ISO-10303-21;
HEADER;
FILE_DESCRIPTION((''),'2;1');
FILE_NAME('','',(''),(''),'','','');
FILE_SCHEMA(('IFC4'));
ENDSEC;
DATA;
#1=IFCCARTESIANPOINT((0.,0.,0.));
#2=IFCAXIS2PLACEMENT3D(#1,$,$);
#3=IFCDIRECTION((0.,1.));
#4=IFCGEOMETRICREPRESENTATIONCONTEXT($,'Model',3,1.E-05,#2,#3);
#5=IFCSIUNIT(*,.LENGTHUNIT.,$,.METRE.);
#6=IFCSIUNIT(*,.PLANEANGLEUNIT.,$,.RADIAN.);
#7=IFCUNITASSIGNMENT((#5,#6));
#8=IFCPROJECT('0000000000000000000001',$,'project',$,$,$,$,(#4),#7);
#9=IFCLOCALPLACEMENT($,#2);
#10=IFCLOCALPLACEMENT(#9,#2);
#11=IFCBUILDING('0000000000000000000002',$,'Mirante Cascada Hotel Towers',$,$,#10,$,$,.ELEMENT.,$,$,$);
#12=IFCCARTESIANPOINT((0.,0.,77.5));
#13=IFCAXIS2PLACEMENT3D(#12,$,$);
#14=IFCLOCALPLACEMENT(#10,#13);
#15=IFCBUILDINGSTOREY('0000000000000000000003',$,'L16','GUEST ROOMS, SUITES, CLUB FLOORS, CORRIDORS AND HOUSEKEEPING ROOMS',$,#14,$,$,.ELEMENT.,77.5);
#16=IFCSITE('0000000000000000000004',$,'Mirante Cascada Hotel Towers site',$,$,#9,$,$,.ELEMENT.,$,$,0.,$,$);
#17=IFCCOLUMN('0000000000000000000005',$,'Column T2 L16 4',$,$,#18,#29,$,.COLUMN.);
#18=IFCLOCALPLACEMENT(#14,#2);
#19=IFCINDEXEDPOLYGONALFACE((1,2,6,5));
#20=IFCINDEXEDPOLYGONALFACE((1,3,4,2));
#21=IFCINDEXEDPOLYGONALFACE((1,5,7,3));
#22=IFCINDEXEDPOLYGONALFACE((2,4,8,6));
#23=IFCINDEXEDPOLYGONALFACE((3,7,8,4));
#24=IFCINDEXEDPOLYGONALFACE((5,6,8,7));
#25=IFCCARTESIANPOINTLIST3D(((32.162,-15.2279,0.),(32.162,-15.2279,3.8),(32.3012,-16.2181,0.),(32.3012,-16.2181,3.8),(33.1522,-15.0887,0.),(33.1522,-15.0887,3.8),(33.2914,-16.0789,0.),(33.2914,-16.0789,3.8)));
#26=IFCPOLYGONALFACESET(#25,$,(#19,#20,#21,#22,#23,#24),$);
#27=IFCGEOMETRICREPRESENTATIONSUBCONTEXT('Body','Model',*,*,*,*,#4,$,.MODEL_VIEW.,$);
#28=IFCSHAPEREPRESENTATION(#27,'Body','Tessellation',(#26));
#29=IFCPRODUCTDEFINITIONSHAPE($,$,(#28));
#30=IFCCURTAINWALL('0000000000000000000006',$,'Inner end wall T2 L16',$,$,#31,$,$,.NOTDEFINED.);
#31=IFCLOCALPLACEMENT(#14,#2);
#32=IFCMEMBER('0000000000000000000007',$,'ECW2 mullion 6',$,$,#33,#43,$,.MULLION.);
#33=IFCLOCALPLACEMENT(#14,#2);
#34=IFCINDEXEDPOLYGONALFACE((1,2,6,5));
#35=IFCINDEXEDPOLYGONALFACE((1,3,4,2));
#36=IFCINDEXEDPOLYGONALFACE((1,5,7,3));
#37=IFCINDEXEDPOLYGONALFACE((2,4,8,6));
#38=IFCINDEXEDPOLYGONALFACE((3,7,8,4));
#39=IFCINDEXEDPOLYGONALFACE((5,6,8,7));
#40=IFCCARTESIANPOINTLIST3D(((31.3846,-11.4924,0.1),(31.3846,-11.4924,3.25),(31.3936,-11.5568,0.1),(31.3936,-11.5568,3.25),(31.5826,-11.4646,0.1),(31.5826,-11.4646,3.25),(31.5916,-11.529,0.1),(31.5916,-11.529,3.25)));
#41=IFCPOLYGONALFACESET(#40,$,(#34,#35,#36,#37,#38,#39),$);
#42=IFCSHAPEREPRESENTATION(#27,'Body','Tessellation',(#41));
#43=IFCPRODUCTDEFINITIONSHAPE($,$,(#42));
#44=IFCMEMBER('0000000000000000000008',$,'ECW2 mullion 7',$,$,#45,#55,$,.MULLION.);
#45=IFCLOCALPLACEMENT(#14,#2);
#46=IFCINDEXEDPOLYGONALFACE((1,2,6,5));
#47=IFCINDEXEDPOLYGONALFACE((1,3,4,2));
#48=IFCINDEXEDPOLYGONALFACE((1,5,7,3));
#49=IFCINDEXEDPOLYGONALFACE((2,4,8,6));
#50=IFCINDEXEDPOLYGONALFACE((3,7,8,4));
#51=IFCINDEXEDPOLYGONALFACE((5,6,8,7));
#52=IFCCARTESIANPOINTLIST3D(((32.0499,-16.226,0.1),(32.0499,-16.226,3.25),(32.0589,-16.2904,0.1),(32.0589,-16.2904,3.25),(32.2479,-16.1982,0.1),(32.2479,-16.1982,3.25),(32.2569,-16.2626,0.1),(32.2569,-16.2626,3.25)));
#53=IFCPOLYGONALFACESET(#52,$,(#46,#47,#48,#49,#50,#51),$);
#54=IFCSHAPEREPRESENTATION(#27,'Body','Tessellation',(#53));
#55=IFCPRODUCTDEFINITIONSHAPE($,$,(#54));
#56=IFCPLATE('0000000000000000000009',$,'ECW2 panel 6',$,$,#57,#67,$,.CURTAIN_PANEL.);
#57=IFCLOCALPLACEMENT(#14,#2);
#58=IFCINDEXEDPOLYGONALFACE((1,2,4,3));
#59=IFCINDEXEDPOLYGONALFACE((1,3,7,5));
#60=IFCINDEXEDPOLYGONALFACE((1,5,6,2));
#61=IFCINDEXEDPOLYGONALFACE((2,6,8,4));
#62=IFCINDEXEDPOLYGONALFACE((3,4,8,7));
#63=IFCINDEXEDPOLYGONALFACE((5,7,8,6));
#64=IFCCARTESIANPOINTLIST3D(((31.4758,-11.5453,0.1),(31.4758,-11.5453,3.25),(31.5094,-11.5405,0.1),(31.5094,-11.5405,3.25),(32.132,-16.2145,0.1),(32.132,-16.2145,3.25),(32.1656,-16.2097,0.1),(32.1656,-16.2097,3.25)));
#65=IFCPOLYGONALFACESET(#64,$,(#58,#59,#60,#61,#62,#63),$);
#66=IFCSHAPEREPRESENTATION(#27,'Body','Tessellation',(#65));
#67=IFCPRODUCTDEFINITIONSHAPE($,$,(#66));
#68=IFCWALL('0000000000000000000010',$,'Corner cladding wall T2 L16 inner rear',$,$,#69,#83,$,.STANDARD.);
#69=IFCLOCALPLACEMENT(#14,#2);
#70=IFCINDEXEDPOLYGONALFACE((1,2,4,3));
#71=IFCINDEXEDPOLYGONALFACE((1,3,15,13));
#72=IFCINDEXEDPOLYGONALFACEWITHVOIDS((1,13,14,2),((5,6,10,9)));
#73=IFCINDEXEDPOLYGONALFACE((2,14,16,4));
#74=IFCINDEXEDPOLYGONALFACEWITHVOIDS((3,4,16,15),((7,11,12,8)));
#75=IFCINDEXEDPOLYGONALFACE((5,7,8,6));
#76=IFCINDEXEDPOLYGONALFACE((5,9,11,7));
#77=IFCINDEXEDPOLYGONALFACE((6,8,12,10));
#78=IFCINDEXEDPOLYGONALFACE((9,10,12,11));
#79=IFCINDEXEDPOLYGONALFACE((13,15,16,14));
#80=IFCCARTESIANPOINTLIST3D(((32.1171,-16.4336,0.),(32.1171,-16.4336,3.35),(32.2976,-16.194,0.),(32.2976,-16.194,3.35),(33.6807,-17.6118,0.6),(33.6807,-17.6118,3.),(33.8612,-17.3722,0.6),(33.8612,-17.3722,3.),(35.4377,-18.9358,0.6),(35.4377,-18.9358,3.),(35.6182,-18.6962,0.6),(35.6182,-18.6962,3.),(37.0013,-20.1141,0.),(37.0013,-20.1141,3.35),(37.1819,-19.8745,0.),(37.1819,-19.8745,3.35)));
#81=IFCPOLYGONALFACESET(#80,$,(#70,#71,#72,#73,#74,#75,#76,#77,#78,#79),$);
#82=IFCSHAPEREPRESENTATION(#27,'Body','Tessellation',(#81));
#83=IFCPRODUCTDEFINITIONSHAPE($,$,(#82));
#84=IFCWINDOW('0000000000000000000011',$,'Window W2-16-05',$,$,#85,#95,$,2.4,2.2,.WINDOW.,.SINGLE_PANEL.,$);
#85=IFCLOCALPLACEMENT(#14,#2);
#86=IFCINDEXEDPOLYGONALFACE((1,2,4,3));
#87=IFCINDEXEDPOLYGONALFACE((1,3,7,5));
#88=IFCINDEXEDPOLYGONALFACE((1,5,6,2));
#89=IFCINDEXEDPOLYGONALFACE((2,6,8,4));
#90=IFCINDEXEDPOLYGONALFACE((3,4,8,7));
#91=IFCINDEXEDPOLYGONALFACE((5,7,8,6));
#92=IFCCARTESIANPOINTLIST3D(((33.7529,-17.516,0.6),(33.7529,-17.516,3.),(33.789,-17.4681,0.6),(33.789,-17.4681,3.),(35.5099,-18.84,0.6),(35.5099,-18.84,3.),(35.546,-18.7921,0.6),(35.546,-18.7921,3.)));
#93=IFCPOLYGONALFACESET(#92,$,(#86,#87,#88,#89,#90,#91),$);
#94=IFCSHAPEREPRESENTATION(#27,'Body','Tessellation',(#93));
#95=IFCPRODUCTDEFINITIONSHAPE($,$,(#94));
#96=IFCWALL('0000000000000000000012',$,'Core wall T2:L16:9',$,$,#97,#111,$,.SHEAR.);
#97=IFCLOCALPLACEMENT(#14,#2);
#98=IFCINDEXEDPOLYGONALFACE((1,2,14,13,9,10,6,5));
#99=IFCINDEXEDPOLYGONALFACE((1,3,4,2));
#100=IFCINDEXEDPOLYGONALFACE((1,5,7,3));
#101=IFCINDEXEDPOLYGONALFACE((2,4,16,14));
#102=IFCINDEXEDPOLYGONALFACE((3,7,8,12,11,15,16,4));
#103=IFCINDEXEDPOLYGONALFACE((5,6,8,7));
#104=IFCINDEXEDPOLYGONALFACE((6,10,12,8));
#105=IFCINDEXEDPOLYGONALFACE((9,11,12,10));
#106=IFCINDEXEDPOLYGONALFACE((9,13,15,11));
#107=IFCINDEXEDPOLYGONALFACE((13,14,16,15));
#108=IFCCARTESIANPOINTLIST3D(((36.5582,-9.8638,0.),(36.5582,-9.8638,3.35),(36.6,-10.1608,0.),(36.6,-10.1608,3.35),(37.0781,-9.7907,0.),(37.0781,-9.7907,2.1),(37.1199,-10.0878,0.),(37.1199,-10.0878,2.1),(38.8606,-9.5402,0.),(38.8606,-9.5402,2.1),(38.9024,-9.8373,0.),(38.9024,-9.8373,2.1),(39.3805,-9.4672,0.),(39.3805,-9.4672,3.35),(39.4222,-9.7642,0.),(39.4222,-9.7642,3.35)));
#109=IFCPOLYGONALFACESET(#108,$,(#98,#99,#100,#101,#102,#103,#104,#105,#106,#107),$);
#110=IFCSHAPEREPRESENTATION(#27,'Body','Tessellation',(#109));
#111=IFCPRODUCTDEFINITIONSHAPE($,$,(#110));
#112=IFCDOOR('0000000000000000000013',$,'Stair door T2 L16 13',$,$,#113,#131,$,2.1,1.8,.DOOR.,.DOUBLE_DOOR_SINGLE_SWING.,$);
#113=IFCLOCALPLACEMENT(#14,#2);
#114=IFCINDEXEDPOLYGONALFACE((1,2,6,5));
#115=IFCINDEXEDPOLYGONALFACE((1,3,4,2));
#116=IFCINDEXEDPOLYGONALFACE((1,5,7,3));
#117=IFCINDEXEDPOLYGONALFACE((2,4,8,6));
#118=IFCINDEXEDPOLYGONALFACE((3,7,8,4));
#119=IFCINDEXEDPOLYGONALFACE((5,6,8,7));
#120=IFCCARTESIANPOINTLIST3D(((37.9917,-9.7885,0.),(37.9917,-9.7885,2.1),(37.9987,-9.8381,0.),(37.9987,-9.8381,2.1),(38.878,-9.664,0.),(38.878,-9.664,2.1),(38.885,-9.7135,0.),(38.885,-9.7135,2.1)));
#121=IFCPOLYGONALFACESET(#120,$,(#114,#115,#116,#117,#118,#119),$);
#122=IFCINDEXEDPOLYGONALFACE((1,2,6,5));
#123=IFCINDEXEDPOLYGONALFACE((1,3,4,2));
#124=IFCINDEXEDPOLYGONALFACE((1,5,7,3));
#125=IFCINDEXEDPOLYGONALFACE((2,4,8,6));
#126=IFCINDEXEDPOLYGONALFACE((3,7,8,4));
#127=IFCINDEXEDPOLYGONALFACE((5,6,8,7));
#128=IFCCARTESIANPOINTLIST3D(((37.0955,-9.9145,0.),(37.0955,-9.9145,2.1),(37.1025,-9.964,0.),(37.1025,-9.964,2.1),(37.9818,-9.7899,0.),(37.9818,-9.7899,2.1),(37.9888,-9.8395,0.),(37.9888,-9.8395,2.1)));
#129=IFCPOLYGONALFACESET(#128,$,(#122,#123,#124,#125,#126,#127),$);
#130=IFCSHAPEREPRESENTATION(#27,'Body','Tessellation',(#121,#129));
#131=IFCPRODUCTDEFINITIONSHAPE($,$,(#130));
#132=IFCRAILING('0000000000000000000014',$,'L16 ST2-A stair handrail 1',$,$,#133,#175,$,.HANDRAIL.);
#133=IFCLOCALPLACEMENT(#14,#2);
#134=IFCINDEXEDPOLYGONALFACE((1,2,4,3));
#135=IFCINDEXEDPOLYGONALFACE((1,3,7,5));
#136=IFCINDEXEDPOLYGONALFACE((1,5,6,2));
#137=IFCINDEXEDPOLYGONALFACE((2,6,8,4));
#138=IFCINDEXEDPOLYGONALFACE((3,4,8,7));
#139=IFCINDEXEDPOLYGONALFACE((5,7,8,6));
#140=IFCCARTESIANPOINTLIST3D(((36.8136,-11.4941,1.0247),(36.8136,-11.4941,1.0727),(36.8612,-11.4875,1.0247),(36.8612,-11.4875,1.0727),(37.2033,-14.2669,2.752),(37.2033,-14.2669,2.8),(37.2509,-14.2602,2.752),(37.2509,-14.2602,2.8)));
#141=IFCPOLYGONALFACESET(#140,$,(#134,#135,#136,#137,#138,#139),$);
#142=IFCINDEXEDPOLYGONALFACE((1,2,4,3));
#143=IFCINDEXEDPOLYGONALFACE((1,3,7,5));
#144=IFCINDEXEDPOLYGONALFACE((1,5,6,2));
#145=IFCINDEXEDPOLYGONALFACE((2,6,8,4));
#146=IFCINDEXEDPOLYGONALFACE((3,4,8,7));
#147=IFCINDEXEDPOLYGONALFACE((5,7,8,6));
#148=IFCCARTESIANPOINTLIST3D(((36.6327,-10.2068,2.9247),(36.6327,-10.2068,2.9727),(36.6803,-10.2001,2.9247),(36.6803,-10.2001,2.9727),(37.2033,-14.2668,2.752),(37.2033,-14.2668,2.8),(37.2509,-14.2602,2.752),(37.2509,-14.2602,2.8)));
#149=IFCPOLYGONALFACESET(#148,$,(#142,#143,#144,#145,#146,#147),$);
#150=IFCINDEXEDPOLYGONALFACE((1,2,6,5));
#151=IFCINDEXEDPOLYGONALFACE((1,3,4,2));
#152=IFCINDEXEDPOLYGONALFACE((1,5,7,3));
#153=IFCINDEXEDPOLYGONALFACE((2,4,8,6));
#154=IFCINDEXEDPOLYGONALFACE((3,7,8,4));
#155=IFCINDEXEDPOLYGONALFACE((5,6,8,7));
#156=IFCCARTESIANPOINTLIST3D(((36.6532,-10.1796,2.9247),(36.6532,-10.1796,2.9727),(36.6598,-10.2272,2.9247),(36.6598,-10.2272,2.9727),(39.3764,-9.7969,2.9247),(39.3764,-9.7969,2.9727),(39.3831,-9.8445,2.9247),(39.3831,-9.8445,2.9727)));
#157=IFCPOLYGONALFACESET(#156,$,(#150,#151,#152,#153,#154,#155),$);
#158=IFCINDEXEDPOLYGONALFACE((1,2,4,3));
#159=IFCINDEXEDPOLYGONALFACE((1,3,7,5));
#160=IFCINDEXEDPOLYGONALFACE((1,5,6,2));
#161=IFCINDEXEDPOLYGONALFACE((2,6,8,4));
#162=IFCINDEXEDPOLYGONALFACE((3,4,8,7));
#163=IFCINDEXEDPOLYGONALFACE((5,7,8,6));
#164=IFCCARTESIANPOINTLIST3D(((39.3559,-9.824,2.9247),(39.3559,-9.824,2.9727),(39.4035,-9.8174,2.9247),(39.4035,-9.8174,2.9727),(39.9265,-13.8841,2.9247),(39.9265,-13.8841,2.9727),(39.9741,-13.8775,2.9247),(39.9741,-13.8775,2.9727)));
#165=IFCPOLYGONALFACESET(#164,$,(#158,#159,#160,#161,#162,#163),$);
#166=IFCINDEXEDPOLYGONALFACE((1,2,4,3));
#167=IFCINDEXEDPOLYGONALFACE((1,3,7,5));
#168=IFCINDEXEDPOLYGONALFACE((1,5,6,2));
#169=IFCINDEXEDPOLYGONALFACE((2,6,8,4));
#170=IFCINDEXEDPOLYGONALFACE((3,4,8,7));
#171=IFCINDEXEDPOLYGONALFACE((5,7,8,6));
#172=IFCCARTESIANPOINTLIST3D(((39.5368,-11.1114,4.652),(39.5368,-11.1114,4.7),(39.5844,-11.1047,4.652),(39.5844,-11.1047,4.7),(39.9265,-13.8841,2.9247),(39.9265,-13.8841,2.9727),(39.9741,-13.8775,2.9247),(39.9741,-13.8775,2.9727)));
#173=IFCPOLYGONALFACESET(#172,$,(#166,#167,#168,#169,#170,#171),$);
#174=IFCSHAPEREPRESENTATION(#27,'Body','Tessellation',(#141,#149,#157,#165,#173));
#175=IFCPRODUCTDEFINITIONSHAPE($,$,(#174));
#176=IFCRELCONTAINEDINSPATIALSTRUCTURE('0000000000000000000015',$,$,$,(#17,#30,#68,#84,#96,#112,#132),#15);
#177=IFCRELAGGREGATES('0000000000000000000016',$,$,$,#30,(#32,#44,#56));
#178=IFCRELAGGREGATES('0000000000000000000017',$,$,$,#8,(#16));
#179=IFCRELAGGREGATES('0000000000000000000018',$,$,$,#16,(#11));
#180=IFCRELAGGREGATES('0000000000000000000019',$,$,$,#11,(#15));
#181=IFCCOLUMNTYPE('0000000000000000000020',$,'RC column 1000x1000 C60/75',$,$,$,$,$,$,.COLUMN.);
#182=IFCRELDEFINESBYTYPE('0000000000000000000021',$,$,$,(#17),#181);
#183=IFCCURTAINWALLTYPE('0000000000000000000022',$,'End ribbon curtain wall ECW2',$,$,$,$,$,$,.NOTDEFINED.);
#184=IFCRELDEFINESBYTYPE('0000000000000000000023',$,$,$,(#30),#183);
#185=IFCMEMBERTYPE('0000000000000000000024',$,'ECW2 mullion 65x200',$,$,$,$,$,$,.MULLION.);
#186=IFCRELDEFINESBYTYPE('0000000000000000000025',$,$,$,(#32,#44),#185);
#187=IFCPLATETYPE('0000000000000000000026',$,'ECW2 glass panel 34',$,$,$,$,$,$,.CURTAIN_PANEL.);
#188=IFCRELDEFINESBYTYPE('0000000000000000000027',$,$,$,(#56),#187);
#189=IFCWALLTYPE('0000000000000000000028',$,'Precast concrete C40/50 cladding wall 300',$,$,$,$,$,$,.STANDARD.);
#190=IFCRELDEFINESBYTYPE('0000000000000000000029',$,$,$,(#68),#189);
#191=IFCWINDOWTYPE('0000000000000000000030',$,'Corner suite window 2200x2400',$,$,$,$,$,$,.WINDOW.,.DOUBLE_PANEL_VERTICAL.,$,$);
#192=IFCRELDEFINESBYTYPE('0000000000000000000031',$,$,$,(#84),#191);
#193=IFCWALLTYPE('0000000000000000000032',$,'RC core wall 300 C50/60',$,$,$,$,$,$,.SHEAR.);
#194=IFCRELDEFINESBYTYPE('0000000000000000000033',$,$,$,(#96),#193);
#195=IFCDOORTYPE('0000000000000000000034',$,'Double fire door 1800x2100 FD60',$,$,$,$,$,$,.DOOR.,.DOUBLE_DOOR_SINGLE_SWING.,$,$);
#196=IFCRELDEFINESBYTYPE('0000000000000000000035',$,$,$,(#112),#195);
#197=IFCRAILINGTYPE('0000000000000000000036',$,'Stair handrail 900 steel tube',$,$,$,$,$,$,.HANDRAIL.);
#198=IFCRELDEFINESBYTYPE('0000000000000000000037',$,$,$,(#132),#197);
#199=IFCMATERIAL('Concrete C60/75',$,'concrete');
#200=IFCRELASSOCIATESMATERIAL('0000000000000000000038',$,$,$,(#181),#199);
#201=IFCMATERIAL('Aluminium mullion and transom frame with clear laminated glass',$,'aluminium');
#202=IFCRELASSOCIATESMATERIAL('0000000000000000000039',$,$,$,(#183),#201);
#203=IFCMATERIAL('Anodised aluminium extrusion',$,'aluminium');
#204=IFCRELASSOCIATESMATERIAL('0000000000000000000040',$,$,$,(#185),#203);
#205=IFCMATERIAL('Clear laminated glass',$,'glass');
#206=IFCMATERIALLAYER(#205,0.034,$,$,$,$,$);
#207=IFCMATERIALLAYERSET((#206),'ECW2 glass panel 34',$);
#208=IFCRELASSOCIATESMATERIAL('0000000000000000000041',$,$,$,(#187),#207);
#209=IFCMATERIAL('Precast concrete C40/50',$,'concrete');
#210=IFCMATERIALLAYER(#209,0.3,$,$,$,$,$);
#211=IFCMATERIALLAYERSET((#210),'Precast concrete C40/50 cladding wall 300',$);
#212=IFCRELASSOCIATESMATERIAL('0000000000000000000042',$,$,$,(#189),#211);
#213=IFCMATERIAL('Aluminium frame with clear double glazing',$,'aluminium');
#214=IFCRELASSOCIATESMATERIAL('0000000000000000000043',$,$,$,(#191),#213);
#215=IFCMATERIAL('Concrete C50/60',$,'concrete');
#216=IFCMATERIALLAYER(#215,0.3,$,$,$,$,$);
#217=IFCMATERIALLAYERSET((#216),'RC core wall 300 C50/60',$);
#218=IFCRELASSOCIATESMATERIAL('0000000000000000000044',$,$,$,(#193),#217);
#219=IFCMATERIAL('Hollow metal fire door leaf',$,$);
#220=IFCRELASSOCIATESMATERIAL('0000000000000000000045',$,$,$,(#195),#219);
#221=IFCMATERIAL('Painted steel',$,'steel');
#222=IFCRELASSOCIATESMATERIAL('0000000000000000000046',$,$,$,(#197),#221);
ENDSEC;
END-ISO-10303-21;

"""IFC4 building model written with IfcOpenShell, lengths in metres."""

from ifc_helpers import new_model, si_unit, direction, frame, frame_2d, origin, origin_2d, place, context, subcontext, project, spatial, rectangle, extrude, material, layer, layer_set, material_profile, profile_set, type_object, element, fill, aggregate, save


model = new_model("IFC4")

# Units and contexts
model_context = context("Model", 3, precision=1e-05, world=origin(), true_north=direction((0.0, 1.0)))
body_context = subcontext(model_context, "Body", "Model", "MODEL_VIEW")
ifc_project = project(units=[si_unit("LENGTHUNIT", "METRE"), si_unit("PLANEANGLEUNIT", "RADIAN")], contexts=[model_context])

# Site, building, storey
site_placement = place(None, origin())
site = spatial("IfcSite", under=ifc_project, at=site_placement, Name="Mirante Cascada Hotel Towers site", CompositionType="ELEMENT", RefElevation=0.0)
building_placement = place(site_placement, origin())
building = spatial("IfcBuilding", under=site, at=building_placement, Name="Mirante Cascada Hotel Towers", CompositionType="ELEMENT")
storey_placement = place(building_placement, frame((0.0, 0.0, 77.5)))
storey = spatial("IfcBuildingStorey", under=building, at=storey_placement, Name="L16", Description="GUEST ROOMS, SUITES, CLUB FLOORS, CORRIDORS AND HOUSEKEEPING ROOMS", CompositionType="ELEMENT", Elevation=77.5)

# Column
ifc_material_1 = material(Name="Concrete C60/75", Category="concrete")
ifc_material_profile_1 = material_profile(ifc_material_1, rectangle(XDim=1.0, YDim=1.0, at=origin_2d()), Name="RC column 1000x1000 C60/75")
ifc_profile_set_1 = profile_set([ifc_material_profile_1], Name="Concrete C60/75")
column_type = type_object("IfcColumnType", Name="RC column 1000x1000 C60/75", PredefinedType="COLUMN", material=ifc_profile_set_1)
column_placement = place(storey_placement, frame((32.7267, -15.6534, 0.0), z_axis=(0.0, 0.0, 1.0), x_axis=(0.990268, 0.139173, 0.0)))
element("IfcColumn", 1, at=column_placement, inside=storey, type_object=column_type, Name="Column T2 L16 4", PredefinedType="COLUMN", context=body_context, shape_type="SweptSolid", body=[
    extrude(rectangle(XDim=1.0, YDim=1.0, at=origin_2d()), origin(), (0.0, 0.0, 1.0), 3.8),
])

# Curtain wall, members, plate
ifc_material_2 = material(Name="Aluminium mullion and transom frame with clear laminated glass", Category="aluminium")
curtain_wall_type = type_object("IfcCurtainWallType", Name="End ribbon curtain wall ECW2", PredefinedType="NOTDEFINED", material=ifc_material_2)
curtain_wall_placement = place(storey_placement, origin())
curtain_wall = element("IfcCurtainWall", 2, at=curtain_wall_placement, inside=storey, type_object=curtain_wall_type, Name="Inner end wall T2 L16", PredefinedType="NOTDEFINED")
ifc_material_3 = material(Name="Anodised aluminium extrusion", Category="aluminium")
ifc_material_profile_2 = material_profile(ifc_material_3, rectangle(XDim=0.2, YDim=0.065, at=origin_2d()), Name="ECW2 MULLION 65x200")
ifc_profile_set_2 = profile_set([ifc_material_profile_2], Name="Anodised aluminium extrusion")
member_type = type_object("IfcMemberType", Name="ECW2 mullion 65x200", PredefinedType="MULLION", material=ifc_profile_set_2)
member_1_placement = place(storey_placement, frame((31.4881, -11.5107, 0.1), z_axis=(0.0, 0.0, 1.0), x_axis=(0.990268, 0.139173, 0.0)))
member_1 = element("IfcMember", 3, at=member_1_placement, type_object=member_type, Name="ECW2 mullion 6", PredefinedType="MULLION", context=body_context, shape_type="SweptSolid", body=[
    extrude(rectangle(XDim=0.2, YDim=0.065, at=origin_2d()), origin(), (0.0, 0.0, 1.0), 3.15),
])
member_2_placement = place(storey_placement, frame((32.1534, -16.2443, 0.1), z_axis=(0.0, 0.0, 1.0), x_axis=(0.990268, 0.139173, 0.0)))
member_2 = element("IfcMember", 4, at=member_2_placement, type_object=member_type, Name="ECW2 mullion 7", PredefinedType="MULLION", context=body_context, shape_type="SweptSolid", body=[
    extrude(rectangle(XDim=0.2, YDim=0.065, at=origin_2d()), origin(), (0.0, 0.0, 1.0), 3.15),
])
ifc_material_4 = material(Name="Clear laminated glass", Category="glass")
ifc_layer_1 = layer(ifc_material_4, 0.034)
ifc_layer_set_1 = layer_set([ifc_layer_1], Name="ECW2 glass panel 34")
plate_type = type_object("IfcPlateType", Name="ECW2 glass panel 34", PredefinedType="CURTAIN_PANEL", material=ifc_layer_set_1)
plate_placement = place(storey_placement, frame((31.8207, -13.8775, 0.1), z_axis=(0.0, 0.0, 1.0), x_axis=(0.139173, -0.990268, 0.0)))
plate = element("IfcPlate", 5, at=plate_placement, type_object=plate_type, Name="ECW2 panel 6", PredefinedType="CURTAIN_PANEL", context=body_context, shape_type="SweptSolid", body=[
    extrude(rectangle(XDim=4.7151, YDim=0.034, at=origin_2d()), origin(), (0.0, 0.0, 1.0), 3.15),
])
aggregate(curtain_wall, [member_1, member_2, plate])

# Wall, opening, window
ifc_material_5 = material(Name="Precast concrete C40/50", Category="concrete")
ifc_layer_2 = layer(ifc_material_5, 0.3)
ifc_layer_set_2 = layer_set([ifc_layer_2], Name="Precast concrete C40/50 cladding wall 300")
wall_type_1 = type_object("IfcWallType", Name="Precast concrete C40/50 cladding wall 300", PredefinedType="STANDARD", material=ifc_layer_set_2)
wall_1_placement = place(storey_placement, frame((32.2074, -16.3138, 0.0), z_axis=(0.0, 0.0, 1.0), x_axis=(0.798636, -0.601814, 0.0)))
wall_1 = element("IfcWall", 6, at=wall_1_placement, inside=storey, type_object=wall_type_1, Name="Corner cladding wall T2 L16 inner rear", PredefinedType="STANDARD", context=body_context, shape_type="SweptSolid", body=[
    extrude(rectangle(XDim=6.1157, YDim=0.3, at=frame_2d((3.0578, 0.0))), origin(), (0.0, 0.0, 1.0), 3.35),
])
opening_1_placement = place(wall_1_placement, frame((1.9578, 0.0, 0.6)))
opening_1 = element("IfcOpeningElement", 7, at=opening_1_placement, cuts=wall_1, PredefinedType="OPENING", context=body_context, shape_type="SweptSolid", body=[
    extrude(rectangle(XDim=2.2, YDim=2.4, at=frame_2d((1.1, 1.2))), frame((0.0, 0.15, 0.0), z_axis=(0.0, -1.0, 0.0), x_axis=(1.0, 0.0, 0.0)), (0.0, 0.0, 1.0), 0.3),
])
ifc_material_6 = material(Name="Aluminium frame with clear double glazing", Category="aluminium")
window_type = type_object("IfcWindowType", Name="Corner suite window 2200x2400", PartitioningType="DOUBLE_PANEL_VERTICAL", PredefinedType="WINDOW", material=ifc_material_6)
window_placement = place(opening_1_placement, origin())
window = element("IfcWindow", 8, at=window_placement, inside=storey, type_object=window_type, Name="Window W2-16-05", OverallHeight=2.4, OverallWidth=2.2, PartitioningType="SINGLE_PANEL", PredefinedType="WINDOW", context=body_context, shape_type="SweptSolid", body=[
    extrude(rectangle(XDim=2.2, YDim=2.4, at=frame_2d((1.1, 1.2))), frame((0.0, 0.03, 0.0), z_axis=(0.0, -1.0, 0.0), x_axis=(1.0, 0.0, 0.0)), (0.0, 0.0, 1.0), 0.06),
])
fill(opening_1, window)

# Wall, opening, door
ifc_material_7 = material(Name="Concrete C50/60", Category="concrete")
ifc_layer_3 = layer(ifc_material_7, 0.3)
ifc_layer_set_3 = layer_set([ifc_layer_3], Name="RC core wall 300 C50/60")
wall_type_2 = type_object("IfcWallType", Name="RC core wall 300 C50/60", PredefinedType="SHEAR", material=ifc_layer_set_3)
wall_2_placement = place(storey_placement, frame((36.5791, -10.0123, 0.0), z_axis=(0.0, 0.0, 1.0), x_axis=(0.99027, 0.139156, 0.0)))
wall_2 = element("IfcWall", 9, at=wall_2_placement, inside=storey, type_object=wall_type_2, Name="Core wall T2:L16:9", PredefinedType="SHEAR", context=body_context, shape_type="SweptSolid", body=[
    extrude(rectangle(XDim=2.85, YDim=0.3, at=frame_2d((1.425, 0.0))), origin(), (0.0, 0.0, 1.0), 3.35),
])
opening_2_placement = place(wall_2_placement, frame((0.525, 0.0, 0.0)))
opening_2 = element("IfcOpeningElement", 10, at=opening_2_placement, cuts=wall_2, PredefinedType="OPENING", context=body_context, shape_type="SweptSolid", body=[
    extrude(rectangle(XDim=1.8, YDim=2.1, at=frame_2d((0.9, 1.05))), frame((0.0, 0.15, 0.0), z_axis=(0.0, -1.0, 0.0), x_axis=(1.0, 0.0, 0.0)), (0.0, 0.0, 1.0), 0.3),
])
ifc_material_8 = material(Name="Hollow metal fire door leaf")
door_type = type_object("IfcDoorType", Name="Double fire door 1800x2100 FD60", OperationType="DOUBLE_DOOR_SINGLE_SWING", PredefinedType="DOOR", material=ifc_material_8)
door_placement = place(opening_2_placement, frame((1.8, 0.0, 0.0), z_axis=(0.0, 0.0, 1.0), x_axis=(-1.0, 0.0, 0.0)))
door = element("IfcDoor", 11, at=door_placement, inside=storey, type_object=door_type, Name="Stair door T2 L16 13", OperationType="DOUBLE_DOOR_SINGLE_SWING", OverallHeight=2.1, OverallWidth=1.8, PredefinedType="DOOR", context=body_context, shape_type="SweptSolid", body=[
    extrude(rectangle(XDim=0.895, YDim=2.1, at=frame_2d((0.4475, 1.05))), frame((0.0, 0.025, 0.0), z_axis=(0.0, -1.0, 0.0), x_axis=(1.0, 0.0, 0.0)), (0.0, 0.0, 1.0), 0.05),
    extrude(rectangle(XDim=0.895, YDim=2.1, at=frame_2d((1.3525, 1.05))), frame((0.0, 0.025, 0.0), z_axis=(0.0, -1.0, 0.0), x_axis=(1.0, 0.0, 0.0)), (0.0, 0.0, 1.0), 0.05),
])
fill(opening_2, door)

# Railing
ifc_material_9 = material(Name="Painted steel", Category="steel")
railing_type = type_object("IfcRailingType", Name="Stair handrail 900 steel tube", PredefinedType="HANDRAIL", material=ifc_material_9)
railing_placement = place(storey_placement, frame((36.8374, -11.4908, 0.1727)))
element("IfcRailing", 12, at=railing_placement, inside=storey, type_object=railing_type, Name="L16 ST2-A stair handrail 1", PredefinedType="HANDRAIL", context=body_context, shape_type="SweptSolid", body=[
    extrude(rectangle(XDim=0.048, YDim=0.048, at=origin_2d()), frame((0.0, 0.0, 0.876), z_axis=(0.139181, -0.990267, 0.0), x_axis=(0.990267, 0.139181, 0.0)), (0.0, 0.525035, 0.851081), 3.2899),
    extrude(rectangle(XDim=0.048, YDim=0.048, at=origin_2d()), frame((0.3897, -2.7727, 2.6033), z_axis=(-0.139171, 0.990268, 0.0), x_axis=(-0.990268, -0.139171, 0.0)), (0.0, 0.042085, 0.999114), 4.1036),
    extrude(rectangle(XDim=0.048, YDim=0.048, at=origin_2d()), frame((-0.1809, 1.2874, 2.776), z_axis=(0.990269, 0.139166, 0.0), x_axis=(-0.139166, 0.990269, 0.0)), (0.0, 0.0, 1.0), 2.75),
    extrude(rectangle(XDim=0.048, YDim=0.048, at=origin_2d()), frame((2.5423, 1.6701, 2.776), z_axis=(0.139171, -0.990268, 0.0), x_axis=(0.990268, 0.139171, 0.0)), (0.0, 0.0, 1.0), 4.1),
    extrude(rectangle(XDim=0.048, YDim=0.048, at=origin_2d()), frame((3.1129, -2.39, 2.776), z_axis=(-0.139181, 0.990267, 0.0), x_axis=(-0.990267, -0.139181, 0.0)), (0.0, 0.525035, 0.851081), 3.2899),
])

save(model, "model.ifc")
